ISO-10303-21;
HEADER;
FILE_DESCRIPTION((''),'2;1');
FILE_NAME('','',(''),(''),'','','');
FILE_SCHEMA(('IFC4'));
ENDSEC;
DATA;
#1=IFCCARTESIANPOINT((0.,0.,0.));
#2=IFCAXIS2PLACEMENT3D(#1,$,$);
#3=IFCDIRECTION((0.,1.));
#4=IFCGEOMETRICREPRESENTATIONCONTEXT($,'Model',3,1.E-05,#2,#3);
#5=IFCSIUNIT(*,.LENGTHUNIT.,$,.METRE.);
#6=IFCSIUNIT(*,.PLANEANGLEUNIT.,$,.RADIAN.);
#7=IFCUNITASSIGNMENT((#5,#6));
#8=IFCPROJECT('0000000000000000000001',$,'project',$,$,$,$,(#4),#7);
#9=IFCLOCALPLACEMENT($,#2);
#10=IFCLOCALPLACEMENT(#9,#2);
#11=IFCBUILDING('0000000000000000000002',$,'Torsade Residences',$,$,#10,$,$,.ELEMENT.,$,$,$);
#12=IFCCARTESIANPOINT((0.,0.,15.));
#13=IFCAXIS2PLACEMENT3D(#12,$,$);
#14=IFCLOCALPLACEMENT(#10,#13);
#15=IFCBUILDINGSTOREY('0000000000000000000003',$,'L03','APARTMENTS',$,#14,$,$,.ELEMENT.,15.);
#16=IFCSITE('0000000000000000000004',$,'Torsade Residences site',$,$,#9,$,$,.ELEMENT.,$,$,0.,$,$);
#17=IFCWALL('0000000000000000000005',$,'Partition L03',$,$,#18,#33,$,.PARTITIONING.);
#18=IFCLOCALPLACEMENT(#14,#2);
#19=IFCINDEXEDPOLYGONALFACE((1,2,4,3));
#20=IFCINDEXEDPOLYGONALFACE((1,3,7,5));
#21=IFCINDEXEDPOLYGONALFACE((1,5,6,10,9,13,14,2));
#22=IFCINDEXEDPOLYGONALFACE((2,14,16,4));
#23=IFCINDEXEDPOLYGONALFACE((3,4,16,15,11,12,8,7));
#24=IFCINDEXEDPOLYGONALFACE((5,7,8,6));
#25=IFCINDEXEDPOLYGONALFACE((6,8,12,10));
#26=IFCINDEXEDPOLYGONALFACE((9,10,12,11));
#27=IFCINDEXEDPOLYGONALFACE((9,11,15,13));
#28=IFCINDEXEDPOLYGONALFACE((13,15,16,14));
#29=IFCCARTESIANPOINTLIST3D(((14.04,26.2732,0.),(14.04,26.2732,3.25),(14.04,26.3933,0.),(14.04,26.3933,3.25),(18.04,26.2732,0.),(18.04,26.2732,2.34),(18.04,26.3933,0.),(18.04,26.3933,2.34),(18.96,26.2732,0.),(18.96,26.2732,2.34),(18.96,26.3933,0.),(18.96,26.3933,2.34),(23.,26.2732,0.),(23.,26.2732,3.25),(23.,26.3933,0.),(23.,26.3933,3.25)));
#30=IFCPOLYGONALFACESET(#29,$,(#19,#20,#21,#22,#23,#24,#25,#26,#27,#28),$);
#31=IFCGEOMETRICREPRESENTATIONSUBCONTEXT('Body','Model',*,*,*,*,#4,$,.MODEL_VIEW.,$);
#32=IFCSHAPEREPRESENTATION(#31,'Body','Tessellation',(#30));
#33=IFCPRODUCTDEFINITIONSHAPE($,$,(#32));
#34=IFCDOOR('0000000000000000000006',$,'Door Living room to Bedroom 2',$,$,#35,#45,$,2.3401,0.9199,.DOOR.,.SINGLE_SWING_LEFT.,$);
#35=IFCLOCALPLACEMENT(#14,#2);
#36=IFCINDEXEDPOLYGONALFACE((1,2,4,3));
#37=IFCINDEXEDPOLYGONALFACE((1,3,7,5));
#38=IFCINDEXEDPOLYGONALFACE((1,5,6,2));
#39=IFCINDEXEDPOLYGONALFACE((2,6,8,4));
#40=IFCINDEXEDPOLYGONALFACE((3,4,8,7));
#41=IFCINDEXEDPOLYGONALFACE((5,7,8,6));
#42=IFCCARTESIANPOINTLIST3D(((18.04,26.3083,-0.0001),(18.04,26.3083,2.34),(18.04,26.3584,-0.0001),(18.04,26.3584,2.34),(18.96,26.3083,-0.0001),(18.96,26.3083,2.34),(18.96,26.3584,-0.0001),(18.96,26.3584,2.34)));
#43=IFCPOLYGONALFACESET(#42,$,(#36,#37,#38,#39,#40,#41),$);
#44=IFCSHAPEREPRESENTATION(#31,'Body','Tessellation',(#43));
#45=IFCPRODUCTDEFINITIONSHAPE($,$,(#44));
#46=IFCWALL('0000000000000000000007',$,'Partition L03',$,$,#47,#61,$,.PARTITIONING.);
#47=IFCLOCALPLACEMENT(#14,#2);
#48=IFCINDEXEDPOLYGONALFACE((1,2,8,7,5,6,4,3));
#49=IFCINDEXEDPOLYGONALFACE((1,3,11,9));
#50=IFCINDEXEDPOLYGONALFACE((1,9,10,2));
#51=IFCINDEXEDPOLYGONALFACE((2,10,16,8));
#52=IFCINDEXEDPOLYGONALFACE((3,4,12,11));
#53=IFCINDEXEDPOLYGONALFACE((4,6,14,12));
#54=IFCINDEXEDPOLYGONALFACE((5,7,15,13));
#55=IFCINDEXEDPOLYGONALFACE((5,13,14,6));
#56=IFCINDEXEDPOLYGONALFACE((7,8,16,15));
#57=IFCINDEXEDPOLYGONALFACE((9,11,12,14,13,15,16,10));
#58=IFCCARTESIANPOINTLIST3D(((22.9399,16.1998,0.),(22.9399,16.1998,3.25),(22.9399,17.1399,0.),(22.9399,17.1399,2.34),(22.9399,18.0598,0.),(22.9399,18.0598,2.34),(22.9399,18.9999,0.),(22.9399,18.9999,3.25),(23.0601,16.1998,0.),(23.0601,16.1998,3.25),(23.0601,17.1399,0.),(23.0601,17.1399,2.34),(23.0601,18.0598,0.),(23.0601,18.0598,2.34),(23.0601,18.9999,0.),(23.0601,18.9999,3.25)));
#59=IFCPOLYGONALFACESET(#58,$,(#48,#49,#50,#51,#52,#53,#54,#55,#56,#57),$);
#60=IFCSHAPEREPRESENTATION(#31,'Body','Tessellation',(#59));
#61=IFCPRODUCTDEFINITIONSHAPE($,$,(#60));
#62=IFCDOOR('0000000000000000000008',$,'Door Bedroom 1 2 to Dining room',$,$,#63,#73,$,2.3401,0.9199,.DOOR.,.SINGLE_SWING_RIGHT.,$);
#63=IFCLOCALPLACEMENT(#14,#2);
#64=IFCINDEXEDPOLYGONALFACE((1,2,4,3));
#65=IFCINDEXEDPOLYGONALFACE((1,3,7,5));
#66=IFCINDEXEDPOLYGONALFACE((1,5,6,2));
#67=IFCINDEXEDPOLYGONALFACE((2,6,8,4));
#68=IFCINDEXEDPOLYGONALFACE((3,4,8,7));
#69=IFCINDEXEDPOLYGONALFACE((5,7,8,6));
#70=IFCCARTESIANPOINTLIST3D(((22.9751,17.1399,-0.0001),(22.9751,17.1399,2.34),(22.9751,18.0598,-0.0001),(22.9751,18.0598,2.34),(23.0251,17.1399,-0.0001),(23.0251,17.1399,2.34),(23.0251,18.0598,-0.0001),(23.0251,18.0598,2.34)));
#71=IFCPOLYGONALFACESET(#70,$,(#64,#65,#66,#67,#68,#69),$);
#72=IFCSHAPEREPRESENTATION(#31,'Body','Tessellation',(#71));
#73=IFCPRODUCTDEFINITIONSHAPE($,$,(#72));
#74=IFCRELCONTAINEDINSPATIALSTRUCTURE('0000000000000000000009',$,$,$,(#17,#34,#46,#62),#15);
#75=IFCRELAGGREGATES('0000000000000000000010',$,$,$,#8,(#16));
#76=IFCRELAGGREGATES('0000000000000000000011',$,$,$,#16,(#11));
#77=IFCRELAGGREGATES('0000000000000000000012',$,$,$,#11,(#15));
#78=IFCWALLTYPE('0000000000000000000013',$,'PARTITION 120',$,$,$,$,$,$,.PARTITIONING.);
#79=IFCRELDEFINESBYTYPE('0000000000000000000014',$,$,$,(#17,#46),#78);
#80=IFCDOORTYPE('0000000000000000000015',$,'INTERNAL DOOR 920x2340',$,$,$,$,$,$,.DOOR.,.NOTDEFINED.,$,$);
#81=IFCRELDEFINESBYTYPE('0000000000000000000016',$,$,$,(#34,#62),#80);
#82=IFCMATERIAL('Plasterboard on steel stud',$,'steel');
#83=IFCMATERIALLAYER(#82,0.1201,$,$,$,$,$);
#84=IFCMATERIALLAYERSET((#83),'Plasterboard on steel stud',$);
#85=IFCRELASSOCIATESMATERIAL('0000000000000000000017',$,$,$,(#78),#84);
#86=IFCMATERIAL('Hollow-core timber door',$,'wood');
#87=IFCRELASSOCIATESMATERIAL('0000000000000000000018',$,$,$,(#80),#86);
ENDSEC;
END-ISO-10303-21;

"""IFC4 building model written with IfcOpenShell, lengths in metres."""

from ifc_helpers import new_model, si_unit, direction, frame, frame_2d, origin, place, context, subcontext, project, spatial, rectangle, extrude, material, layer, layer_set, type_object, element, fill, save


model = new_model("IFC4")

# Units and contexts
model_context = context("Model", 3, precision=1e-05, world=origin(), true_north=direction((0.0, 1.0)))
body_context = subcontext(model_context, "Body", "Model", "MODEL_VIEW")
ifc_project = project(units=[si_unit("LENGTHUNIT", "METRE"), si_unit("PLANEANGLEUNIT", "RADIAN")], contexts=[model_context])

# Site, building, storey
site_placement = place(None, origin())
site = spatial("IfcSite", under=ifc_project, at=site_placement, Name="Torsade Residences site", CompositionType="ELEMENT", RefElevation=0.0)
building_placement = place(site_placement, origin())
building = spatial("IfcBuilding", under=site, at=building_placement, Name="Torsade Residences", CompositionType="ELEMENT")
storey_placement = place(building_placement, frame((0.0, 0.0, 15.0)))
storey = spatial("IfcBuildingStorey", under=building, at=storey_placement, Name="L03", Description="APARTMENTS", CompositionType="ELEMENT", Elevation=15.0)

# Shared definitions
ifc_material_1 = material(Name="Plasterboard on steel stud", Category="steel")
ifc_layer_1 = layer(ifc_material_1, 0.1201)
ifc_layer_set_1 = layer_set([ifc_layer_1], Name="Plasterboard on steel stud")
wall_type_1 = type_object("IfcWallType", Name="PARTITION 120", PredefinedType="PARTITIONING", material=ifc_layer_set_1)

# Shared definitions
ifc_material_2 = material(Name="Hollow-core timber door", Category="wood")
door_type_1 = type_object("IfcDoorType", Name="INTERNAL DOOR 920x2340", OperationType="NOTDEFINED", PredefinedType="DOOR", material=ifc_material_2)

# Walls, openings, doors
wall_1_placement = place(storey_placement, frame((23.0, 26.3333, 0.0), z_axis=(0.0, 0.0, 1.0), x_axis=(-1.0, 0.0, 0.0)))
wall_1 = element("IfcWall", 1, at=wall_1_placement, inside=storey, type_object=wall_type_1, Name="Partition L03", PredefinedType="PARTITIONING", context=body_context, shape_type="SweptSolid", body=[
    extrude(rectangle(XDim=8.96, YDim=0.1201, at=frame_2d((4.48, 0.0))), origin(), (0.0, 0.0, 1.0), 3.25),
])
opening_1_placement = place(wall_1_placement, frame((4.04, 0.0, 0.0)))
opening_1 = element("IfcOpeningElement", 2, at=opening_1_placement, cuts=wall_1, PredefinedType="OPENING", context=body_context, shape_type="SweptSolid", body=[
    extrude(rectangle(XDim=0.9199, YDim=2.3401, at=frame_2d((0.46, 1.1699))), frame((0.0, 0.0701, 0.0), z_axis=(0.0, -1.0, 0.0), x_axis=(1.0, 0.0, 0.0)), (0.0, 0.0, 1.0), 0.1401),
])
door_1_placement = place(opening_1_placement, origin())
door_1 = element("IfcDoor", 3, at=door_1_placement, inside=storey, type_object=door_type_1, Name="Door Living room to Bedroom 2", OperationType="SINGLE_SWING_LEFT", OverallHeight=2.3401, OverallWidth=0.9199, PredefinedType="DOOR", context=body_context, shape_type="SweptSolid", body=[
    extrude(rectangle(XDim=0.9199, YDim=2.3401, at=frame_2d((0.46, 1.1699))), frame((0.0, 0.0249, 0.0), z_axis=(0.0, -1.0, 0.0), x_axis=(1.0, 0.0, 0.0)), (0.0, 0.0, 1.0), 0.05),
])
fill(opening_1, door_1)
wall_2_placement = place(storey_placement, frame((23.0, 16.2, 0.0), z_axis=(0.0, 0.0, 1.0), x_axis=(0.0, 1.0, 0.0)))
wall_2 = element("IfcWall", 4, at=wall_2_placement, inside=storey, type_object=wall_type_1, Name="Partition L03", PredefinedType="PARTITIONING", context=body_context, shape_type="SweptSolid", body=[
    extrude(rectangle(XDim=2.8, YDim=0.1201, at=frame_2d((1.3999, 0.0))), origin(), (0.0, 0.0, 1.0), 3.25),
])
opening_2_placement = place(wall_2_placement, frame((0.9399, 0.0, 0.0)))
opening_2 = element("IfcOpeningElement", 5, at=opening_2_placement, cuts=wall_2, PredefinedType="OPENING", context=body_context, shape_type="SweptSolid", body=[
    extrude(rectangle(XDim=0.9199, YDim=2.3401, at=frame_2d((0.46, 1.1699))), frame((0.0, 0.0701, 0.0), z_axis=(0.0, -1.0, 0.0), x_axis=(1.0, 0.0, 0.0)), (0.0, 0.0, 1.0), 0.1401),
])
door_2_placement = place(opening_2_placement, origin())
door_2 = element("IfcDoor", 6, at=door_2_placement, inside=storey, type_object=door_type_1, Name="Door Bedroom 1 2 to Dining room", OperationType="SINGLE_SWING_RIGHT", OverallHeight=2.3401, OverallWidth=0.9199, PredefinedType="DOOR", context=body_context, shape_type="SweptSolid", body=[
    extrude(rectangle(XDim=0.9199, YDim=2.3401, at=frame_2d((0.46, 1.1699))), frame((0.0, 0.0249, 0.0), z_axis=(0.0, -1.0, 0.0), x_axis=(1.0, 0.0, 0.0)), (0.0, 0.0, 1.0), 0.05),
])
fill(opening_2, door_2)

save(model, "model.ifc")
